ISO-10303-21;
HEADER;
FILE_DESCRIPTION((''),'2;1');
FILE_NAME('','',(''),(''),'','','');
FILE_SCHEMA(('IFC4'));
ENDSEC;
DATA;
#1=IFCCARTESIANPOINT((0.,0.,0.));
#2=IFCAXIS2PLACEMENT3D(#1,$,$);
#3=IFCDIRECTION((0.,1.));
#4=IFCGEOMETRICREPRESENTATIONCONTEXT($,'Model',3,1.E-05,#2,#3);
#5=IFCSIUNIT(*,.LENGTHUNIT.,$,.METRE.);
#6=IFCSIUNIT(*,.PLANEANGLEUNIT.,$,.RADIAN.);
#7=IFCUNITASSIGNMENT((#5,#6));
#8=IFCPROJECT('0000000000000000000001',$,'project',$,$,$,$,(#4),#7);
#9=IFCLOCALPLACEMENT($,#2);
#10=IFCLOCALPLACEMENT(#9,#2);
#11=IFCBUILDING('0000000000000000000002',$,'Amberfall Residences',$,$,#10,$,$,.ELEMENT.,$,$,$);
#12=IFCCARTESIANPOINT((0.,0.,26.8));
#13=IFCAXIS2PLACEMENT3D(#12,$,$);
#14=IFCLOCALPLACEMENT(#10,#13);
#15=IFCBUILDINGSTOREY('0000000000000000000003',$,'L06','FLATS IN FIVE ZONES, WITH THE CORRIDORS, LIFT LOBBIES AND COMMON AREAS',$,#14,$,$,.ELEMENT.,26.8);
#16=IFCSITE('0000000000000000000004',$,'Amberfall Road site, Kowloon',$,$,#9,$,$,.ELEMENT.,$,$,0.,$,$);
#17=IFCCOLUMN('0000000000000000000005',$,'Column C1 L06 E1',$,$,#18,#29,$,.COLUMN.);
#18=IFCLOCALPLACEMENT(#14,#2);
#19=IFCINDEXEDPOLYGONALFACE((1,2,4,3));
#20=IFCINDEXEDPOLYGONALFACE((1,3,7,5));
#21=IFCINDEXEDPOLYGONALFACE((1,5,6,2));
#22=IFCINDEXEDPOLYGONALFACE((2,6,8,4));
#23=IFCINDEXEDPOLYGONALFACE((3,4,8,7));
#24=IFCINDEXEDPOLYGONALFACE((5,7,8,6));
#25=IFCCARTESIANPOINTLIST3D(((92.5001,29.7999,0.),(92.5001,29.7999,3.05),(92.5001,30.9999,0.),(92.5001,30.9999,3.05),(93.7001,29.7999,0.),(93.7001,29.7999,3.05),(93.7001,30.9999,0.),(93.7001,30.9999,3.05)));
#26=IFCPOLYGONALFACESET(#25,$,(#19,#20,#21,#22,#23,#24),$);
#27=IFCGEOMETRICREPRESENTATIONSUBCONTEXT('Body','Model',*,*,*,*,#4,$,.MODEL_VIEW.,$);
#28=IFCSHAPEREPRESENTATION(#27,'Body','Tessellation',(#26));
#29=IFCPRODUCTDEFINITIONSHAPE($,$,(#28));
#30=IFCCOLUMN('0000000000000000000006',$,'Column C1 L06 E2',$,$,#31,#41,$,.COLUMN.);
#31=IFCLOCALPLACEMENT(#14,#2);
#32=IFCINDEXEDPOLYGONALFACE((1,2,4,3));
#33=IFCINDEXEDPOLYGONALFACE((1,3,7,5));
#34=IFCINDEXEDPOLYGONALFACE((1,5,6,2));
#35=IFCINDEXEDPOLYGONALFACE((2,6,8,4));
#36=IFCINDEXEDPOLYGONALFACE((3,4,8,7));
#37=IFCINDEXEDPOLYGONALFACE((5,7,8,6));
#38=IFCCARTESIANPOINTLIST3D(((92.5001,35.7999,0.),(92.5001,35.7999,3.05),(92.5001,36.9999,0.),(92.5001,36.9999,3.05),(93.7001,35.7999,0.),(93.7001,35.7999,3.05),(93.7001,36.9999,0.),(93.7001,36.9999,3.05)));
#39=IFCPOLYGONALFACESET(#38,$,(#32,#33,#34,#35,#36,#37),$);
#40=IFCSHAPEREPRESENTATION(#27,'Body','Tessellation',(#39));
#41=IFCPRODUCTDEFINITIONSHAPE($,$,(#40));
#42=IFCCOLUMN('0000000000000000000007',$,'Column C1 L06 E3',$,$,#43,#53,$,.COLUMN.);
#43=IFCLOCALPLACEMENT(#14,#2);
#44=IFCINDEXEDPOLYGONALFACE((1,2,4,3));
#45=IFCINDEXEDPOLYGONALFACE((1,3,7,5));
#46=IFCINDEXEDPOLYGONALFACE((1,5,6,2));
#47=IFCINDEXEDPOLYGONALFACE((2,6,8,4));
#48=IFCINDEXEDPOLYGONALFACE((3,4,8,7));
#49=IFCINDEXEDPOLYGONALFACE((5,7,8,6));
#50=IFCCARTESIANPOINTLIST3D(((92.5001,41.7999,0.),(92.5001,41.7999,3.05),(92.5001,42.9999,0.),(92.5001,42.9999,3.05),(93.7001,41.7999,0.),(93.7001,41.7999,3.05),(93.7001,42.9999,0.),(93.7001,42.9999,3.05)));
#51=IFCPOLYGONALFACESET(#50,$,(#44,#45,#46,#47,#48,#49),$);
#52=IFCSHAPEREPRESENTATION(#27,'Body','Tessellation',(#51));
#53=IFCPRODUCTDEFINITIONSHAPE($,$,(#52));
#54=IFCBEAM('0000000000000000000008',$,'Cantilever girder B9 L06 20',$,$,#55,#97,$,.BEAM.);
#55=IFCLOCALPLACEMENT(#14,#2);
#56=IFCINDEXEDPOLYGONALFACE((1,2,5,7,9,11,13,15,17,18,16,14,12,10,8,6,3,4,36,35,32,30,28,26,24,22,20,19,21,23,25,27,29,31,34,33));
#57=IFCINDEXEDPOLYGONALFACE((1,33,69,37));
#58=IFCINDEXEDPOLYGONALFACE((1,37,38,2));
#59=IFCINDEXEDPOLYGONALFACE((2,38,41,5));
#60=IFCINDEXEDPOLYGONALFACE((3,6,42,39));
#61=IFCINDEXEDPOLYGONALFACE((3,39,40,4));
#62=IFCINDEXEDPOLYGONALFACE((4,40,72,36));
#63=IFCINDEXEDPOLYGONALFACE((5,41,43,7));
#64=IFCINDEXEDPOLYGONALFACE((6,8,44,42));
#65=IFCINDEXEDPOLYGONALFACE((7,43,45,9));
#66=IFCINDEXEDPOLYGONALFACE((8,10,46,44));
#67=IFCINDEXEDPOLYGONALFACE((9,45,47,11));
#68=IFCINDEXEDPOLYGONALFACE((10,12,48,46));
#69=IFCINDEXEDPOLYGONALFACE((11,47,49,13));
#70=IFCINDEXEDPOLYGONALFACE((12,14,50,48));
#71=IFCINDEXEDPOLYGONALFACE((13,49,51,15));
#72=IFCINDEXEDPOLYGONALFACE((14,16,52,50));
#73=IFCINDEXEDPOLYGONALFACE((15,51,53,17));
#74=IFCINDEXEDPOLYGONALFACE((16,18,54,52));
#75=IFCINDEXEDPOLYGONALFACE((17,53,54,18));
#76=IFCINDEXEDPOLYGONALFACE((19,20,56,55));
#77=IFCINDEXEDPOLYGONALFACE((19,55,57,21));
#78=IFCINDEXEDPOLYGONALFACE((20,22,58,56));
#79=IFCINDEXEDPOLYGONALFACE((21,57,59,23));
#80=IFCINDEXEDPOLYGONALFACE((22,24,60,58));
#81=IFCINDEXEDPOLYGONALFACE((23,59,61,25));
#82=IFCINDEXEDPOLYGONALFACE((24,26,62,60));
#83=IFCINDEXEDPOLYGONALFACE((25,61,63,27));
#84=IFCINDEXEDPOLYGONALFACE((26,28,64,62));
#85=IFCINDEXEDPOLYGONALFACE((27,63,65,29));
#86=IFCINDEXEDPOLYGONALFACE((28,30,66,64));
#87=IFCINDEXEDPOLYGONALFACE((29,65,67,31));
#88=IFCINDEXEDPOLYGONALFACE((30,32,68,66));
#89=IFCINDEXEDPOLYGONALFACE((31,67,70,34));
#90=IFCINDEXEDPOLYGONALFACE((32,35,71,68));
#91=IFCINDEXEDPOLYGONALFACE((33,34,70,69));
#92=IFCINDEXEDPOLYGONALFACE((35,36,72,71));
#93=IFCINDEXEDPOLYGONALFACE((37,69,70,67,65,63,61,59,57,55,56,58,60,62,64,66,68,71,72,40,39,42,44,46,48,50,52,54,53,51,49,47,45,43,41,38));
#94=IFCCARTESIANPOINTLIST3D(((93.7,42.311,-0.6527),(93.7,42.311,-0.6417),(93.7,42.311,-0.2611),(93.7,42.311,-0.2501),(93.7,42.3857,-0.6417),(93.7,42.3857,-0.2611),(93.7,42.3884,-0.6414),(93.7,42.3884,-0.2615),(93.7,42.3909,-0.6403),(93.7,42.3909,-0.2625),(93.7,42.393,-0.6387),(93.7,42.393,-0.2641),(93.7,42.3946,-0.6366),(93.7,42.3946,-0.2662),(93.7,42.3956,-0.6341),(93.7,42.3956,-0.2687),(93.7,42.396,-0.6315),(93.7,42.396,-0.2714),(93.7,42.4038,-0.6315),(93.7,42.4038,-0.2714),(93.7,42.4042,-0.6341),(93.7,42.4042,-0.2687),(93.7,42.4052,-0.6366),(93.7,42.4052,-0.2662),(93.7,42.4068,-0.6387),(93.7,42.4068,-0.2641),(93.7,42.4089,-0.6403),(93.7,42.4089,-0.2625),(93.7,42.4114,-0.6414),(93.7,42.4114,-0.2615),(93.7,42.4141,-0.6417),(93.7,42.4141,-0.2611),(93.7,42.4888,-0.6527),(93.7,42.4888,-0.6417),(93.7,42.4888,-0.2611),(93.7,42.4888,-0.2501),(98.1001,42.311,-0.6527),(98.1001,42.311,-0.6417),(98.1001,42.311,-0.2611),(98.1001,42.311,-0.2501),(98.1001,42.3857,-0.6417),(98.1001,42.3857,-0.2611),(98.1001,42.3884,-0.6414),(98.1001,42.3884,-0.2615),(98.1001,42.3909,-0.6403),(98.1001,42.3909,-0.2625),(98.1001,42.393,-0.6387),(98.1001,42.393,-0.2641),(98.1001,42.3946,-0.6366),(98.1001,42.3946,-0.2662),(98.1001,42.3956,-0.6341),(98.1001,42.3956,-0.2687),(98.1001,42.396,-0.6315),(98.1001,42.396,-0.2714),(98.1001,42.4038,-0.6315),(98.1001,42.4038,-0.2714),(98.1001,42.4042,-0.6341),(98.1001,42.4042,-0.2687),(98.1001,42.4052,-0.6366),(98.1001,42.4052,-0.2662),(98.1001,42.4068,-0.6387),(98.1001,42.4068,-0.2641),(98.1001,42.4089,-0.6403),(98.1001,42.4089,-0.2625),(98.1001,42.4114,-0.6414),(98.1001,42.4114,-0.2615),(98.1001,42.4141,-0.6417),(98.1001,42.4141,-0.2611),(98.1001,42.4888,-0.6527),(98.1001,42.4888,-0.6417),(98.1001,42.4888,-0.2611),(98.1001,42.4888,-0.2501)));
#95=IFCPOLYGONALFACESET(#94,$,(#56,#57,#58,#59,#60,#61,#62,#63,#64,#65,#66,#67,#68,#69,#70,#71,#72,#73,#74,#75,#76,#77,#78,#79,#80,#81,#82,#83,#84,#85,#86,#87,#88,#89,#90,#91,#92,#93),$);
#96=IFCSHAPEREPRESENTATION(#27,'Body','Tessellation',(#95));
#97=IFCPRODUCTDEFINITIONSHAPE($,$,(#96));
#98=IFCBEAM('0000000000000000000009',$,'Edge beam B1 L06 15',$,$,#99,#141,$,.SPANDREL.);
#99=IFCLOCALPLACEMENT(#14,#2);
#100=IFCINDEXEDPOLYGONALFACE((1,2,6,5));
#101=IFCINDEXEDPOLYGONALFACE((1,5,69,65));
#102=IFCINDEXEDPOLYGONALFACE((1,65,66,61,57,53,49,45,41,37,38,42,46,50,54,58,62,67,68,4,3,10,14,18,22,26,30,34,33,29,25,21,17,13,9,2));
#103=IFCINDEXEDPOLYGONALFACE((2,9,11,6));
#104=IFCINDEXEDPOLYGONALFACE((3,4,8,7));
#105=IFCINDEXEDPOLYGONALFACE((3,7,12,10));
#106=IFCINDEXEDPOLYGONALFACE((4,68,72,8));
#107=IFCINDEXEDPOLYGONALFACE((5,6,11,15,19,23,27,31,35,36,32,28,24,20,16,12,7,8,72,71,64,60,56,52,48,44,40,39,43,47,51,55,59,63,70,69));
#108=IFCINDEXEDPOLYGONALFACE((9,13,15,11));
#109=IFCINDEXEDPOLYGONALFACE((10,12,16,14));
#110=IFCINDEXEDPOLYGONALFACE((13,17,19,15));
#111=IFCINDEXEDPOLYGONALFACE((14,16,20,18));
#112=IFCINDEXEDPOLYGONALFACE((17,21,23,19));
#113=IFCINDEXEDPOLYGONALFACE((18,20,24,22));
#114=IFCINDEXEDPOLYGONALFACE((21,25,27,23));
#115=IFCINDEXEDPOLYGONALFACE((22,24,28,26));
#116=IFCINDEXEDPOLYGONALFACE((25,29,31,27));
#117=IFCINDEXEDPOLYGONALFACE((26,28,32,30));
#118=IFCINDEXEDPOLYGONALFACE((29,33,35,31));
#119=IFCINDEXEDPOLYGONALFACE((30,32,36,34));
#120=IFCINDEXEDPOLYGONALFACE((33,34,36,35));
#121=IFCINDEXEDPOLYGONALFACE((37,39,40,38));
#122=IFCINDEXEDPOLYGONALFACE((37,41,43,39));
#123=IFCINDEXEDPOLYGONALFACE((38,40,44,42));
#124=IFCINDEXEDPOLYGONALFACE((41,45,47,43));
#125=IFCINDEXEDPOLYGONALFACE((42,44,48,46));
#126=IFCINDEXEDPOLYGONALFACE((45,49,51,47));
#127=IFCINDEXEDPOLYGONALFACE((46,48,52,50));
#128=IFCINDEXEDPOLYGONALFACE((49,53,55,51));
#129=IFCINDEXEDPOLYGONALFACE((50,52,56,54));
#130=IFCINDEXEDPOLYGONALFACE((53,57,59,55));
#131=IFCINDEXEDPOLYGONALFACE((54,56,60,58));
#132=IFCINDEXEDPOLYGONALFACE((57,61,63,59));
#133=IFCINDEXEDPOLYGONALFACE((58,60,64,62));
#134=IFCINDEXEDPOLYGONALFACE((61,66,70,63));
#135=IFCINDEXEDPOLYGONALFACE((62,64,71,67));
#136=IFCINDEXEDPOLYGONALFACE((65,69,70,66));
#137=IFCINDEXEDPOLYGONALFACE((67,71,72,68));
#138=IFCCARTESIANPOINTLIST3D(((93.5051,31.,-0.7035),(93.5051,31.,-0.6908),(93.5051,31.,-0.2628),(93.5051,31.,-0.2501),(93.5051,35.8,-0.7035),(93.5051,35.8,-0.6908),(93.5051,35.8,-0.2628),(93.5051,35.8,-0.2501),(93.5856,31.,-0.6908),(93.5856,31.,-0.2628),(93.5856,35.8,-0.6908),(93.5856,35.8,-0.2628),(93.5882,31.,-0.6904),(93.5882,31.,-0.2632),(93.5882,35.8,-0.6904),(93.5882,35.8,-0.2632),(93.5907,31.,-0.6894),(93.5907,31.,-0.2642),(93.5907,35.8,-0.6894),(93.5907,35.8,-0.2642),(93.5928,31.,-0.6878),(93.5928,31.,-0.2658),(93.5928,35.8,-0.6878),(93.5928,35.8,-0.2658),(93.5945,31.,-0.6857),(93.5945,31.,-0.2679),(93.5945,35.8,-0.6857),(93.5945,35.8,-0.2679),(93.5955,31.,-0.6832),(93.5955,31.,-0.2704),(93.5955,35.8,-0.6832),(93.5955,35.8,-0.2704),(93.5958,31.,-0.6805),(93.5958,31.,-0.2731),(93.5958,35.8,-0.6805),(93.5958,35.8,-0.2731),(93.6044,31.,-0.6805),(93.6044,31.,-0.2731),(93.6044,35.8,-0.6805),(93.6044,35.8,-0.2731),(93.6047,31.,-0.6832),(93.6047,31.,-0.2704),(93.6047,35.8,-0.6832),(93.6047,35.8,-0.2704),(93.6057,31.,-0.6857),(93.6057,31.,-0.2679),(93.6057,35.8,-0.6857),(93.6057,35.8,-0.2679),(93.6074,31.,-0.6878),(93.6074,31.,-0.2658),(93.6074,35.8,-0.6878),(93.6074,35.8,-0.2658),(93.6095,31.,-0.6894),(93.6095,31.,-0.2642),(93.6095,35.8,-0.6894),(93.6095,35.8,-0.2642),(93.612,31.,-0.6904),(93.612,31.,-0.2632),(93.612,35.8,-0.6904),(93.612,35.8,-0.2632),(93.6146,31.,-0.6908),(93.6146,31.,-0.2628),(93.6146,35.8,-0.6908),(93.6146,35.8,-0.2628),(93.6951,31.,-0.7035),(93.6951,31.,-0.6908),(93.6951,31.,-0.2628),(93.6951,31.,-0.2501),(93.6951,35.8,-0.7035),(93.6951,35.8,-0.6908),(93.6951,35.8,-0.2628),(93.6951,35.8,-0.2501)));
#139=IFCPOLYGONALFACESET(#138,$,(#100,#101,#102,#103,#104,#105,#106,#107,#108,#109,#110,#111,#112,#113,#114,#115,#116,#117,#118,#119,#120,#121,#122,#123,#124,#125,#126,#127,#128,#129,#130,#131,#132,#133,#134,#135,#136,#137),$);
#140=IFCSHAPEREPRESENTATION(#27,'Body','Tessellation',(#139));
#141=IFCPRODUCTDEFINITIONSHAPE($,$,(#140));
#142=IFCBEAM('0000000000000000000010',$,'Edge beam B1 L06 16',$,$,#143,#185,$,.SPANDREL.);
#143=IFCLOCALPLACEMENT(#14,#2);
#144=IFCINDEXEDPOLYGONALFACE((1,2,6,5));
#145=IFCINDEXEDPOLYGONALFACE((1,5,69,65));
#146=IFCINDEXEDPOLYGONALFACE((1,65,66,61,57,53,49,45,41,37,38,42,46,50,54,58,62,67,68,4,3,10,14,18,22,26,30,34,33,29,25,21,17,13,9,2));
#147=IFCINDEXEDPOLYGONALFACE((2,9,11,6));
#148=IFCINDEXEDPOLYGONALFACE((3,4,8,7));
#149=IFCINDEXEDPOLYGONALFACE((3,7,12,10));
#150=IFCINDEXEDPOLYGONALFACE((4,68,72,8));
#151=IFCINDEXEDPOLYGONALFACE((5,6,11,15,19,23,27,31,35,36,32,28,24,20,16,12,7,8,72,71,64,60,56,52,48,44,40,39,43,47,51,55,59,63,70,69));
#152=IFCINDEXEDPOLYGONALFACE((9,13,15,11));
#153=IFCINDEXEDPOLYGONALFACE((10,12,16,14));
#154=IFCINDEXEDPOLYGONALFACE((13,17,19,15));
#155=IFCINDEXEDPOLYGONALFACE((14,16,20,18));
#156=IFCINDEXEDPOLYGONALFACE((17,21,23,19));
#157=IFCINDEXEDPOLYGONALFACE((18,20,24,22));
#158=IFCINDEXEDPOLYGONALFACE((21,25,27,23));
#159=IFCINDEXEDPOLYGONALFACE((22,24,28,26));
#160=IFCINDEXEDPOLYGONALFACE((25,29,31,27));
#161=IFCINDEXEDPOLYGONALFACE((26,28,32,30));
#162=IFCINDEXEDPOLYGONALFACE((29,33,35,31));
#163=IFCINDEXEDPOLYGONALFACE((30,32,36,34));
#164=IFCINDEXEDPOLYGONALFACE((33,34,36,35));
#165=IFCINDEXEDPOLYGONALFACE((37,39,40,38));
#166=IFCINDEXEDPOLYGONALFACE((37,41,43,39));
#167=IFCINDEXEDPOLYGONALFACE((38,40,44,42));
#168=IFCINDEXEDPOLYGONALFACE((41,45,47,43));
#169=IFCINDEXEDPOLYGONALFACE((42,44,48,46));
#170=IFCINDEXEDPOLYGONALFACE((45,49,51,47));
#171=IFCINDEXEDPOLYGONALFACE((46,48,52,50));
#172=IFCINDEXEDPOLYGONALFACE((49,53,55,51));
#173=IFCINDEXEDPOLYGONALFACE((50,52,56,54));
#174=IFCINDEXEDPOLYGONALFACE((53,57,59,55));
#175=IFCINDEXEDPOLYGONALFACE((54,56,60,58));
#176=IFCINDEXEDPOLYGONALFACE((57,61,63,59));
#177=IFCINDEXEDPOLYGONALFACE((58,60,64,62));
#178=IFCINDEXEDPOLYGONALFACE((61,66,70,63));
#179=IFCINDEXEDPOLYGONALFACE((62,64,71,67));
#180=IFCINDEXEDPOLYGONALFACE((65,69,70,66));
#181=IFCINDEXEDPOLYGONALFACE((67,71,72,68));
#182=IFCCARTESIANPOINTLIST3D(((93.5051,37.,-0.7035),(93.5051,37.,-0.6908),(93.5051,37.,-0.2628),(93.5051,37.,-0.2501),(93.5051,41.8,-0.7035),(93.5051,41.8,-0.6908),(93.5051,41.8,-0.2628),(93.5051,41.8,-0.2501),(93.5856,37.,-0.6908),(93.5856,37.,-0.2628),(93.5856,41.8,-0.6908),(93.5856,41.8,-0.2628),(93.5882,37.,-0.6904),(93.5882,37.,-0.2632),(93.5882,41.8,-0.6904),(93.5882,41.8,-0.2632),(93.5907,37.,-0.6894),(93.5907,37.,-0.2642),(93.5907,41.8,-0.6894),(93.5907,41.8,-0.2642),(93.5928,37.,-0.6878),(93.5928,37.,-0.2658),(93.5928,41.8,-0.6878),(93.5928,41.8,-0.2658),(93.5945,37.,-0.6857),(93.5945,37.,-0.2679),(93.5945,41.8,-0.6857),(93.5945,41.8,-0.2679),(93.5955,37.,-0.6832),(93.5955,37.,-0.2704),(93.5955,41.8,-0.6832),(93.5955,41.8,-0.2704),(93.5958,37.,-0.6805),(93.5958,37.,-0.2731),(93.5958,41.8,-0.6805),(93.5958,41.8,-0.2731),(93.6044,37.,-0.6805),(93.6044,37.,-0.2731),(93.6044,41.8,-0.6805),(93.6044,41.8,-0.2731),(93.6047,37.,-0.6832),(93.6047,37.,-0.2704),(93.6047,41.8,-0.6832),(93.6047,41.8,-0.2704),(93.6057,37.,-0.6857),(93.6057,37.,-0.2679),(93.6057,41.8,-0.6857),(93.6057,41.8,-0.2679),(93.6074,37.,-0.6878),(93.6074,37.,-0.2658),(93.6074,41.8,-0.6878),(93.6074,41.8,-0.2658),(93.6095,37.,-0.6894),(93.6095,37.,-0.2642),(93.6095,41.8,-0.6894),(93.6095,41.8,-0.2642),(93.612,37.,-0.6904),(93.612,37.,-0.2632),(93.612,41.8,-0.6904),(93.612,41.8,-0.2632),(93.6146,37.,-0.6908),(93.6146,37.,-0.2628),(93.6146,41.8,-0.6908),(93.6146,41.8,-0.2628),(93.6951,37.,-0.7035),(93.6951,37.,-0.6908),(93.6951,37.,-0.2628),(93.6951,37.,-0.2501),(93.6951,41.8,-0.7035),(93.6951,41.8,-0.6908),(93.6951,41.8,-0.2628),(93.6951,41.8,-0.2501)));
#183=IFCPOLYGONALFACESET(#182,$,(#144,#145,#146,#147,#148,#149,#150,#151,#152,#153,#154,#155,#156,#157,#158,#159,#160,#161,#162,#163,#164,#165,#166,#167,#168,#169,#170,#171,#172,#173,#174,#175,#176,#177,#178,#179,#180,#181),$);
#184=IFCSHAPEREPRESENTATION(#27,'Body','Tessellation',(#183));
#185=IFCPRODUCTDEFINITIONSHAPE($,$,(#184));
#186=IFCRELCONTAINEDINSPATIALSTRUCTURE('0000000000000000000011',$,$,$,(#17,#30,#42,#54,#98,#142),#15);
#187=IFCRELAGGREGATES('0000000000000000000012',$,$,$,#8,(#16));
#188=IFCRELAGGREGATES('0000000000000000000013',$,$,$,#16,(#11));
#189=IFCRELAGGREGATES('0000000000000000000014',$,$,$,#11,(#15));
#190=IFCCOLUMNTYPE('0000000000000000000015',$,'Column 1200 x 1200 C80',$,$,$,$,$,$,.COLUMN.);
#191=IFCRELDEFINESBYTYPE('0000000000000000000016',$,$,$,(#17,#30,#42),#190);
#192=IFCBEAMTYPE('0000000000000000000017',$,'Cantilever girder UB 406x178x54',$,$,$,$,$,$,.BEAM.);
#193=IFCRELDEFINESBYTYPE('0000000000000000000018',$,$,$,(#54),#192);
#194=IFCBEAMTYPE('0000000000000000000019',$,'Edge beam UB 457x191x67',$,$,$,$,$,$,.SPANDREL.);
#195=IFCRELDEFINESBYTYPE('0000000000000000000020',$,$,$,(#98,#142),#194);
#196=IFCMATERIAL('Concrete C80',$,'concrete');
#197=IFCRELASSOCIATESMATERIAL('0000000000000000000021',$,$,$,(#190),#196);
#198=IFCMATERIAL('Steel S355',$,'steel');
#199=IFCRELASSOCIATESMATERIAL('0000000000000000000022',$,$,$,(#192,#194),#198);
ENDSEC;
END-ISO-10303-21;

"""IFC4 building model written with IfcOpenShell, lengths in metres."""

from ifc_helpers import new_model, si_unit, direction, frame, origin, origin_2d, place, context, subcontext, project, spatial, rectangle, i_section, extrude, material, material_profile, profile_set, type_object, element, save


model = new_model("IFC4")

# Units and contexts
model_context = context("Model", 3, precision=1e-05, world=origin(), true_north=direction((0.0, 1.0)))
body_context = subcontext(model_context, "Body", "Model", "MODEL_VIEW")
ifc_project = project(units=[si_unit("LENGTHUNIT", "METRE"), si_unit("PLANEANGLEUNIT", "RADIAN")], contexts=[model_context])

# Site, building, storey
site_placement = place(None, origin())
site = spatial("IfcSite", under=ifc_project, at=site_placement, Name="Amberfall Road site, Kowloon", CompositionType="ELEMENT", RefElevation=0.0)
building_placement = place(site_placement, origin())
building = spatial("IfcBuilding", under=site, at=building_placement, Name="Amberfall Residences", CompositionType="ELEMENT")
storey_placement = place(building_placement, frame((0.0, 0.0, 26.8)))
storey = spatial("IfcBuildingStorey", under=building, at=storey_placement, Name="L06", Description="FLATS IN FIVE ZONES, WITH THE CORRIDORS, LIFT LOBBIES AND COMMON AREAS", CompositionType="ELEMENT", Elevation=26.8)

# Columns
ifc_material_1 = material(Name="Concrete C80", Category="concrete")
ifc_material_profile_1 = material_profile(ifc_material_1, rectangle(XDim=1.2, YDim=1.2, at=origin_2d()), Name="Column 1200 x 1200 C80")
ifc_profile_set_1 = profile_set([ifc_material_profile_1], Name="Concrete C80")
column_type = type_object("IfcColumnType", Name="Column 1200 x 1200 C80", PredefinedType="COLUMN", material=ifc_profile_set_1)
for number, where, z_axis, x_axis, name in (
    (1, (93.1001, 30.3999, 0.0), (0.0, 0.0, 1.0), (1.0, 0.0, 0.0), "Column C1 L06 E1"),
    (2, (93.1001, 36.3999, 0.0), (0.0, 0.0, 1.0), (1.0, 0.0, 0.0), "Column C1 L06 E2"),
    (3, (93.1001, 42.3999, 0.0), (0.0, 0.0, 1.0), (1.0, 0.0, 0.0), "Column C1 L06 E3"),
):
    element("IfcColumn", number, at=place(storey_placement, frame(where, z_axis=z_axis, x_axis=x_axis)), inside=storey, type_object=column_type, Name=name, PredefinedType="COLUMN", context=body_context, shape_type="SweptSolid", body=[
        extrude(rectangle(XDim=1.2, YDim=1.2, at=origin_2d()), origin(), (0.0, 0.0, 1.0), 3.05),
    ])

# Beams
ifc_material_2 = material(Name="Steel S355", Category="steel")
ifc_material_profile_2 = material_profile(ifc_material_2, i_section(OverallWidth=0.1777, OverallDepth=0.4026, WebThickness=0.0078, FlangeThickness=0.011, FilletRadius=0.0103, at=origin_2d()), Name="UB 406x178x54")
ifc_profile_set_2 = profile_set([ifc_material_profile_2], Name="Steel S355")
beam_type_1 = type_object("IfcBeamType", Name="Cantilever girder UB 406x178x54", PredefinedType="BEAM", material=ifc_profile_set_2)
beam_1_placement = place(storey_placement, frame((93.7, 42.3999, -0.4514), z_axis=(1.0, 0.0, 0.0), x_axis=(0.0, 1.0, 0.0)))
element("IfcBeam", 4, at=beam_1_placement, inside=storey, type_object=beam_type_1, Name="Cantilever girder B9 L06 20", PredefinedType="BEAM", context=body_context, shape_type="SweptSolid", body=[
    extrude(i_section(OverallWidth=0.1777, OverallDepth=0.4026, WebThickness=0.0078, FlangeThickness=0.011, FilletRadius=0.0103, at=origin_2d()), origin(), (0.0, 0.0, 1.0), 4.4001),
])
ifc_material_profile_3 = material_profile(ifc_material_2, i_section(OverallWidth=0.1899, OverallDepth=0.4534, WebThickness=0.0085, FlangeThickness=0.0127, FilletRadius=0.0103, at=origin_2d()), Name="UB 457x191x67")
ifc_profile_set_3 = profile_set([ifc_material_profile_3], Name="Steel S355")
beam_type_2 = type_object("IfcBeamType", Name="Edge beam UB 457x191x67", PredefinedType="SPANDREL", material=ifc_profile_set_3)
for number, where, z_axis, x_axis, name in (
    (5, (93.6001, 31.0, -0.4768), (0.0, 1.0, 0.0), (-1.0, 0.0, 0.0), "Edge beam B1 L06 15"),
    (6, (93.6001, 37.0, -0.4768), (0.0, 1.0, 0.0), (-1.0, 0.0, 0.0), "Edge beam B1 L06 16"),
):
    element("IfcBeam", number, at=place(storey_placement, frame(where, z_axis=z_axis, x_axis=x_axis)), inside=storey, type_object=beam_type_2, Name=name, PredefinedType="SPANDREL", context=body_context, shape_type="SweptSolid", body=[
        extrude(i_section(OverallWidth=0.1899, OverallDepth=0.4534, WebThickness=0.0085, FlangeThickness=0.0127, FilletRadius=0.0103, at=origin_2d()), origin(), (0.0, 0.0, 1.0), 4.8),
    ])

save(model, "model.ifc")
